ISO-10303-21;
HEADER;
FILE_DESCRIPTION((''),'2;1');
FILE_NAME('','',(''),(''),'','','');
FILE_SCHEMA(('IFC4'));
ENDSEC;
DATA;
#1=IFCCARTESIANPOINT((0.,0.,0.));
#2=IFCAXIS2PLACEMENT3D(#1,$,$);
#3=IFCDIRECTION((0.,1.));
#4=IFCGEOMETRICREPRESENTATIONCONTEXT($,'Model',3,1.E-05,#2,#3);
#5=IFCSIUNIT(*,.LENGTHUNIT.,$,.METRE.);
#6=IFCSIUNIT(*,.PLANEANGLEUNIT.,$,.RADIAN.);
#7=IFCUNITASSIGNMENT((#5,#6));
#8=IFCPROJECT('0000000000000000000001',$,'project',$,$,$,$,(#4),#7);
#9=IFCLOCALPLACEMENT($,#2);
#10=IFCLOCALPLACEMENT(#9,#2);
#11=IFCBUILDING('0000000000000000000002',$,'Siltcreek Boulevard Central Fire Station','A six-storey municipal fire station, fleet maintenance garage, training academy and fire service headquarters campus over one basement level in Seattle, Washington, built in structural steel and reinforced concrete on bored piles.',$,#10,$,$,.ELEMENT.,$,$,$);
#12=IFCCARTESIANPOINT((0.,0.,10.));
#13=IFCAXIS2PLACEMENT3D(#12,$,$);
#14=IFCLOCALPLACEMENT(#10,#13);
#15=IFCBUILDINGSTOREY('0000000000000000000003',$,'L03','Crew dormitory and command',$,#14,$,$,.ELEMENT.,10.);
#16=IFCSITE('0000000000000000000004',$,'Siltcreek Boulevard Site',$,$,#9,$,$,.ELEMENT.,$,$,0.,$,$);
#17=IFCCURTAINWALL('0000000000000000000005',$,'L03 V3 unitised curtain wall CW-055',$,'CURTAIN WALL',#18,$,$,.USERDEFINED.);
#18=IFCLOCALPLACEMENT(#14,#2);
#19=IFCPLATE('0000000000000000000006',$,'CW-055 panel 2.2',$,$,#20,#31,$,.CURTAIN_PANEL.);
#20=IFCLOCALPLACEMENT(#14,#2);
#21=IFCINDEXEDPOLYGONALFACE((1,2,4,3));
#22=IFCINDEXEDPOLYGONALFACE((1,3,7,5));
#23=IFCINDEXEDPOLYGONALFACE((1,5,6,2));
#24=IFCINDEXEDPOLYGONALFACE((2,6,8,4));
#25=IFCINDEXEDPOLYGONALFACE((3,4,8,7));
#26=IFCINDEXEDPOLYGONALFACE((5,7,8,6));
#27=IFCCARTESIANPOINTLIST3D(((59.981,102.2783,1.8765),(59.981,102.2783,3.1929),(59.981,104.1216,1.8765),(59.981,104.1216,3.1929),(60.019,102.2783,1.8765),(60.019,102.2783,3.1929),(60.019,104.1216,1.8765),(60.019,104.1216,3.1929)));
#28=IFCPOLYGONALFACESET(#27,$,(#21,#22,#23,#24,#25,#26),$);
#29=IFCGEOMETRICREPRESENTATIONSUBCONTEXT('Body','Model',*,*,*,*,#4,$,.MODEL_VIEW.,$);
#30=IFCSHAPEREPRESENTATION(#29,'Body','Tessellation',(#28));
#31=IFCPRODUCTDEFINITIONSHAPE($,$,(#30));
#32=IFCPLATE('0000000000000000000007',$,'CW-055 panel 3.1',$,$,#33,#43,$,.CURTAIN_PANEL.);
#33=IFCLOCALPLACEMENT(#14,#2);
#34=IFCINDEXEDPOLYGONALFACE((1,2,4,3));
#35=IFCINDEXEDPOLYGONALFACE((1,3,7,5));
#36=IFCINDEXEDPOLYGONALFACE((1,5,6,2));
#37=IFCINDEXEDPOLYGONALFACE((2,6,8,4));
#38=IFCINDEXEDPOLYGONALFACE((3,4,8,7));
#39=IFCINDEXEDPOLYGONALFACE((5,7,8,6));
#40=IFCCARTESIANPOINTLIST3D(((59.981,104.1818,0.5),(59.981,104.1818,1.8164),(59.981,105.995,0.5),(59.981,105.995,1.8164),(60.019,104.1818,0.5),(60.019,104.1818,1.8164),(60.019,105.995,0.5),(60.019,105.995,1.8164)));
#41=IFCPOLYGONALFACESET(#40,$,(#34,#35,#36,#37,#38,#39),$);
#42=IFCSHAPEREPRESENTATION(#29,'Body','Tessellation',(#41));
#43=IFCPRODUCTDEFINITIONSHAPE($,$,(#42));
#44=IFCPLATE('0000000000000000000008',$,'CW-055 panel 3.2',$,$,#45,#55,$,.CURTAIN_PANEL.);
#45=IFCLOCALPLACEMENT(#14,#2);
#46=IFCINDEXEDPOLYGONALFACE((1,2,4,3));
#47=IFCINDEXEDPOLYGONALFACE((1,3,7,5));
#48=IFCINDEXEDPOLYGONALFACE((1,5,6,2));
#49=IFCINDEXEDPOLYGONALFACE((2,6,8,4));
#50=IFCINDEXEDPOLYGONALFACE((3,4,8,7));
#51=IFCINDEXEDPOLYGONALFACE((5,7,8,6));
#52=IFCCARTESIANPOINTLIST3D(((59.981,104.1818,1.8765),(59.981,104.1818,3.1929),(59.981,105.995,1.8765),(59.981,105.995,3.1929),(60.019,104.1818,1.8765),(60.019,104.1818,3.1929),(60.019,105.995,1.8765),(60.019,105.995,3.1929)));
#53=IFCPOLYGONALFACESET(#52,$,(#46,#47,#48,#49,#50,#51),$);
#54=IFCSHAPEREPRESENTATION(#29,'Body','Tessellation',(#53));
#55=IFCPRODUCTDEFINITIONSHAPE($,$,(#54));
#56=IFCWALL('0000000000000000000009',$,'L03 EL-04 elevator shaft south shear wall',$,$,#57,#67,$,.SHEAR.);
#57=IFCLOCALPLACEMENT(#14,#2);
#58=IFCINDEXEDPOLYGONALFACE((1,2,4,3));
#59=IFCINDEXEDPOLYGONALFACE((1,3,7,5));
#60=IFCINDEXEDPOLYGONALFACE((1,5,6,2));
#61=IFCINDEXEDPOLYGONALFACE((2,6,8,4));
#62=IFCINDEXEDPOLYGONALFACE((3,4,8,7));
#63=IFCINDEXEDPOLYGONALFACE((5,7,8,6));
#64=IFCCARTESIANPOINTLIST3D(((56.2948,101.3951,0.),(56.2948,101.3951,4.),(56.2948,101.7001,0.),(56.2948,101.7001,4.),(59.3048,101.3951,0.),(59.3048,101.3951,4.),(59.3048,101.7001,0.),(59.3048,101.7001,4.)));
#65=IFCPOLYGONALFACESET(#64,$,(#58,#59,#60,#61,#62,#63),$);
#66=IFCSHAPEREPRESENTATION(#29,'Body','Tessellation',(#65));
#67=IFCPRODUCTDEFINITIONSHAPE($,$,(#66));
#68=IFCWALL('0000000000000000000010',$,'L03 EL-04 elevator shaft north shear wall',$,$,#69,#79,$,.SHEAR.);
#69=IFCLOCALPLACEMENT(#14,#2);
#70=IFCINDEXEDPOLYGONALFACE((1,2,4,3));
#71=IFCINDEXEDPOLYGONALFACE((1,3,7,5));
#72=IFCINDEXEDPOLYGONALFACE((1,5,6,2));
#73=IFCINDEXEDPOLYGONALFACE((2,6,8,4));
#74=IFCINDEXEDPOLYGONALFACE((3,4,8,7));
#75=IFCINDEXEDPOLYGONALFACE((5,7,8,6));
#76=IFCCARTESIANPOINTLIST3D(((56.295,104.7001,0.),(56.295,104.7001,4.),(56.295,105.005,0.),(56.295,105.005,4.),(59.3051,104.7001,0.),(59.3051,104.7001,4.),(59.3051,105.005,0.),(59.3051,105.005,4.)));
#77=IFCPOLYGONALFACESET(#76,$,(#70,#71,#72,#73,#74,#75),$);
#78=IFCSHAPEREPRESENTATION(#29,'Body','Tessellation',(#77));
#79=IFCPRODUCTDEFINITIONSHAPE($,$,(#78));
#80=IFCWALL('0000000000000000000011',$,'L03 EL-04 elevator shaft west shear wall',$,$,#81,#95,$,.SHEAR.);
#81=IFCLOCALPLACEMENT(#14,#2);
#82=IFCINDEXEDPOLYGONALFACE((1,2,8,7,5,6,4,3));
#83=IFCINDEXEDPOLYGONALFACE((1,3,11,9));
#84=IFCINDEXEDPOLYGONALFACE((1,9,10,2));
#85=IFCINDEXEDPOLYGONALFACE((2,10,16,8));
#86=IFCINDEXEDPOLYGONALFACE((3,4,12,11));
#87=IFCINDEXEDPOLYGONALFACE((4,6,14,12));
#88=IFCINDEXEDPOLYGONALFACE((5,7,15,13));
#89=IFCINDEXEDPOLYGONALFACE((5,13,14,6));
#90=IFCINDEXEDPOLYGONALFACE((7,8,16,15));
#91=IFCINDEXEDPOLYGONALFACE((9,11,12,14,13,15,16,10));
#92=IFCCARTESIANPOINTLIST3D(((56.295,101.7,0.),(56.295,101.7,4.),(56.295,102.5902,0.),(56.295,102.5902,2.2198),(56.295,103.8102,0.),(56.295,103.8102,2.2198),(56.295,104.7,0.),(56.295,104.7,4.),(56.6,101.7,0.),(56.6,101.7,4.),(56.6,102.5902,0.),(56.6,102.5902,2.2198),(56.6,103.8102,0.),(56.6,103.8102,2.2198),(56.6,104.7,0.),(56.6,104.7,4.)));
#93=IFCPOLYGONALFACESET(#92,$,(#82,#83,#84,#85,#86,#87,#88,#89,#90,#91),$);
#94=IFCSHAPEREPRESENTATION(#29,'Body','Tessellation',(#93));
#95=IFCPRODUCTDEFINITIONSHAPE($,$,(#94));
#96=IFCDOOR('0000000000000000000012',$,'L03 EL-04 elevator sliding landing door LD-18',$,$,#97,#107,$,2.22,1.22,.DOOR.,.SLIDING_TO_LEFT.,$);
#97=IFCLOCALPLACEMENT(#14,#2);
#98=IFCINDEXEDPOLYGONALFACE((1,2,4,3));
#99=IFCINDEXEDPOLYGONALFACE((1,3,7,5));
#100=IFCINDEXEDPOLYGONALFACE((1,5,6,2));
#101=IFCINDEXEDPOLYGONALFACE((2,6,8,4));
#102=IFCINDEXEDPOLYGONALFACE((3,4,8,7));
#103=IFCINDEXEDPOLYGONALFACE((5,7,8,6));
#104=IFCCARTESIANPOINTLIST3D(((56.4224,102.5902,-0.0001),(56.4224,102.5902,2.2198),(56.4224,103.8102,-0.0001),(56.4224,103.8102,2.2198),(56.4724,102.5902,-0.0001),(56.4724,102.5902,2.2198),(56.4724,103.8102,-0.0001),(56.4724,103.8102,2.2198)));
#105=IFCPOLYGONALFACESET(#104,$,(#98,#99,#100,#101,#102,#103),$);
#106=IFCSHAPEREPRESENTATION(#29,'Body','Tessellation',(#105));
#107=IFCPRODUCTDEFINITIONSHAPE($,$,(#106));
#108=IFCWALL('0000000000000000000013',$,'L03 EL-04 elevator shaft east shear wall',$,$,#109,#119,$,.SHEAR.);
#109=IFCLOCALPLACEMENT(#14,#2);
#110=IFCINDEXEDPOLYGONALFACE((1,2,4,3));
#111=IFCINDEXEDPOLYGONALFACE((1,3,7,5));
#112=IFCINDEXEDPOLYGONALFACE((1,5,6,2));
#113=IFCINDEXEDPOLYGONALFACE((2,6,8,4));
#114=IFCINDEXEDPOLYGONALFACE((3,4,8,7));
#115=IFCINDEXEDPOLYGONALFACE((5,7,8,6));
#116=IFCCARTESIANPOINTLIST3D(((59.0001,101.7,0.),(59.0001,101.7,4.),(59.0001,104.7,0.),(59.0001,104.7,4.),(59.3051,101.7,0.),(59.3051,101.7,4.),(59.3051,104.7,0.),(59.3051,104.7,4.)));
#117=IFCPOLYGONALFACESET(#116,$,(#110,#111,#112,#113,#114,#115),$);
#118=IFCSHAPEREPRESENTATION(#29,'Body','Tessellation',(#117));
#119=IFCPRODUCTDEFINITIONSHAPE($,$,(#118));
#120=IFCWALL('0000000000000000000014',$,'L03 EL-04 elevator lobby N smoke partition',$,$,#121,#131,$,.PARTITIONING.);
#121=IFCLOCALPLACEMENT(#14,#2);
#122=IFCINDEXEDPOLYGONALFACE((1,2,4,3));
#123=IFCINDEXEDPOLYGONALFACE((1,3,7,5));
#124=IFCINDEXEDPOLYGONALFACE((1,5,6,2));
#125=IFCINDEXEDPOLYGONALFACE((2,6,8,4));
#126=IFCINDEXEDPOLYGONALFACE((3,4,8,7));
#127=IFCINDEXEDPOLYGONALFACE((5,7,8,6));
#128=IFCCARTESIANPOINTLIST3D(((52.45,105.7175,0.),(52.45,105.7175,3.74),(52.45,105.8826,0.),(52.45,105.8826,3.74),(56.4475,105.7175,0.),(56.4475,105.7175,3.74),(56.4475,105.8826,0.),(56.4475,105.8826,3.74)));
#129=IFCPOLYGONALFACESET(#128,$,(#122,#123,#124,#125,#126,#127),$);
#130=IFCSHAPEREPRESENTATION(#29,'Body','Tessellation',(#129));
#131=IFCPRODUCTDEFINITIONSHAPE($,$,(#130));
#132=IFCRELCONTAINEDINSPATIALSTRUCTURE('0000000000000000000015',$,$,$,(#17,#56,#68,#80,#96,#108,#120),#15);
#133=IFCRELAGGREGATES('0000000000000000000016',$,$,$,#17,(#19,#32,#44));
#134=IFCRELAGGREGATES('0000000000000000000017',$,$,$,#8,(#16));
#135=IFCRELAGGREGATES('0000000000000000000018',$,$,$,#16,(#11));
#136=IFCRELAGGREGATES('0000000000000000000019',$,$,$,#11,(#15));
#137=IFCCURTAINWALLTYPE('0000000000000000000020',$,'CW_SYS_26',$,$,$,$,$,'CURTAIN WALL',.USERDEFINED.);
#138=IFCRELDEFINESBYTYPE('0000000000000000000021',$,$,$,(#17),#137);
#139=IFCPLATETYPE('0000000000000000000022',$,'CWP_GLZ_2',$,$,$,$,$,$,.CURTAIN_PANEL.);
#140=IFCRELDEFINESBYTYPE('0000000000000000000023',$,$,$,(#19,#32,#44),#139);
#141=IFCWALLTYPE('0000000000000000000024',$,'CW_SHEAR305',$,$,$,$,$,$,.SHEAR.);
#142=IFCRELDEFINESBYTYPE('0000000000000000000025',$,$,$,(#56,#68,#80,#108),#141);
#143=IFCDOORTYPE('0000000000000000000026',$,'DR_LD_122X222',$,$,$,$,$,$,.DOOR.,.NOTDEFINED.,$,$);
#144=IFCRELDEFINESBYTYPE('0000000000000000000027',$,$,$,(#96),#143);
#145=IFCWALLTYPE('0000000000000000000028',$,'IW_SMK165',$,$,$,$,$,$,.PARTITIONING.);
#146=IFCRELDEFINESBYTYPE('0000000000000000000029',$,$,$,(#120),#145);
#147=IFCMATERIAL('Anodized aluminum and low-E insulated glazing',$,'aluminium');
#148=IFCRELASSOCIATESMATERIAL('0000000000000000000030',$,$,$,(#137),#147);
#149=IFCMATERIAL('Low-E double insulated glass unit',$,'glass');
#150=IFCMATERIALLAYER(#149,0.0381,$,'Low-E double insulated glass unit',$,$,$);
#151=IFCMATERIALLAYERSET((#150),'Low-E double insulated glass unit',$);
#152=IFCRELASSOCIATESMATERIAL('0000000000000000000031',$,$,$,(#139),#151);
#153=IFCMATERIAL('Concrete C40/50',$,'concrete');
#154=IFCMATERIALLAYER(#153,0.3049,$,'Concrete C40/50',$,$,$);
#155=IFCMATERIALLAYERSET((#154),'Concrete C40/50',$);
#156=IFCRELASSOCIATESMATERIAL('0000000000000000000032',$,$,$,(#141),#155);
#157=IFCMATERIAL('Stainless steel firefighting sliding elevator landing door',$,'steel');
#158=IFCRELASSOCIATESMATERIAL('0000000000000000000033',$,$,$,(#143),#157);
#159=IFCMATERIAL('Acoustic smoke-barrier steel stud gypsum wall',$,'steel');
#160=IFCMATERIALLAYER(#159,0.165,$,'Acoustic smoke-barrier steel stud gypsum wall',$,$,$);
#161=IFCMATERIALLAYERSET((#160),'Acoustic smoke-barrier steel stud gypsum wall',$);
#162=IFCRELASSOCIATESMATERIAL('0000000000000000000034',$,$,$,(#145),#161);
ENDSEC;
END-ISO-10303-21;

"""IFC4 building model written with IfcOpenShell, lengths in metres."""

from ifc_helpers import new_model, si_unit, direction, frame, frame_2d, origin, origin_2d, place, context, subcontext, project, spatial, rectangle, extrude, material, layer, layer_set, type_object, element, fill, aggregate, save


model = new_model("IFC4")

# Units and contexts
model_context = context("Model", 3, precision=1e-05, world=origin(), true_north=direction((0.0, 1.0)))
body_context = subcontext(model_context, "Body", "Model", "MODEL_VIEW")
ifc_project = project(units=[si_unit("LENGTHUNIT", "METRE"), si_unit("PLANEANGLEUNIT", "RADIAN")], contexts=[model_context])

# Site, building, storey
site_placement = place(None, origin())
site = spatial("IfcSite", under=ifc_project, at=site_placement, Name="Siltcreek Boulevard Site", CompositionType="ELEMENT", RefElevation=0.0)
building_placement = place(site_placement, origin())
building = spatial("IfcBuilding", under=site, at=building_placement, Name="Siltcreek Boulevard Central Fire Station", Description="A six-storey municipal fire station, fleet maintenance garage, training academy and fire service headquarters campus over one basement level in Seattle, Washington, built in structural steel and reinforced concrete on bored piles.", CompositionType="ELEMENT")
storey_placement = place(building_placement, frame((0.0, 0.0, 10.0)))
storey = spatial("IfcBuildingStorey", under=building, at=storey_placement, Name="L03", Description="Crew dormitory and command", CompositionType="ELEMENT", Elevation=10.0)

# Curtain wall, plates
ifc_material_1 = material(Name="Anodized aluminum and low-E insulated glazing", Category="aluminium")
curtain_wall_type = type_object("IfcCurtainWallType", Name="CW_SYS_26", ElementType="CURTAIN WALL", PredefinedType="USERDEFINED", material=ifc_material_1)
curtain_wall_placement = place(storey_placement, origin())
curtain_wall = element("IfcCurtainWall", 1, at=curtain_wall_placement, inside=storey, type_object=curtain_wall_type, Name="L03 V3 unitised curtain wall CW-055", ObjectType="CURTAIN WALL", PredefinedType="USERDEFINED")
ifc_material_2 = material(Name="Low-E double insulated glass unit", Category="glass")
ifc_layer_1 = layer(ifc_material_2, 0.0381, Name="Low-E double insulated glass unit")
ifc_layer_set_1 = layer_set([ifc_layer_1], Name="Low-E double insulated glass unit")
plate_type = type_object("IfcPlateType", Name="CWP_GLZ_2", PredefinedType="CURTAIN_PANEL", material=ifc_layer_set_1)
plate_1_placement = place(storey_placement, frame((60.0, 103.2, 1.8765), z_axis=(0.0, 0.0, 1.0), x_axis=(0.0, 1.0, 0.0)))
plate_1 = element("IfcPlate", 2, at=plate_1_placement, type_object=plate_type, Name="CW-055 panel 2.2", PredefinedType="CURTAIN_PANEL", context=body_context, shape_type="SweptSolid", body=[
    extrude(rectangle(XDim=1.8433, YDim=0.0381, at=origin_2d()), origin(), (0.0, 0.0, 1.0), 1.3164),
])
plate_2_placement = place(storey_placement, frame((60.0, 105.0884, 0.5), z_axis=(0.0, 0.0, 1.0), x_axis=(0.0, 1.0, 0.0)))
plate_2 = element("IfcPlate", 3, at=plate_2_placement, type_object=plate_type, Name="CW-055 panel 3.1", PredefinedType="CURTAIN_PANEL", context=body_context, shape_type="SweptSolid", body=[
    extrude(rectangle(XDim=1.8132, YDim=0.0381, at=origin_2d()), origin(), (0.0, 0.0, 1.0), 1.3164),
])
plate_3_placement = place(storey_placement, frame((60.0, 105.0884, 1.8765), z_axis=(0.0, 0.0, 1.0), x_axis=(0.0, 1.0, 0.0)))
plate_3 = element("IfcPlate", 4, at=plate_3_placement, type_object=plate_type, Name="CW-055 panel 3.2", PredefinedType="CURTAIN_PANEL", context=body_context, shape_type="SweptSolid", body=[
    extrude(rectangle(XDim=1.8132, YDim=0.0381, at=origin_2d()), origin(), (0.0, 0.0, 1.0), 1.3164),
])
aggregate(curtain_wall, [plate_1, plate_2, plate_3])

# Walls
ifc_material_3 = material(Name="Concrete C40/50", Category="concrete")
ifc_layer_2 = layer(ifc_material_3, 0.3049, Name="Concrete C40/50")
ifc_layer_set_2 = layer_set([ifc_layer_2], Name="Concrete C40/50")
wall_type_1 = type_object("IfcWallType", Name="CW_SHEAR305", PredefinedType="SHEAR", material=ifc_layer_set_2)
for number, where, z_axis, x_axis, name in (
    (5, (56.2949, 101.5476, 0.0), (0.0, 0.0, 1.0), (1.0, 0.0, 0.0), "L03 EL-04 elevator shaft south shear wall"),
    (6, (59.3049, 104.8525, 0.0), (0.0, 0.0, 1.0), (-1.0, 0.0, 0.0), "L03 EL-04 elevator shaft north shear wall"),
):
    element("IfcWall", number, at=place(storey_placement, frame(where, z_axis=z_axis, x_axis=x_axis)), inside=storey, type_object=wall_type_1, Name=name, PredefinedType="SHEAR", context=body_context, shape_type="SweptSolid", body=[
        extrude(rectangle(XDim=3.01, YDim=0.3049, at=frame_2d((1.5049, 0.0))), origin(), (0.0, 0.0, 1.0), 4.0),
    ])

# Wall, opening, door
wall_1_placement = place(storey_placement, frame((56.4475, 104.7, 0.0), z_axis=(0.0, 0.0, 1.0), x_axis=(0.0, -1.0, 0.0)))
wall_1 = element("IfcWall", 7, at=wall_1_placement, inside=storey, type_object=wall_type_1, Name="L03 EL-04 elevator shaft west shear wall", PredefinedType="SHEAR", context=body_context, shape_type="SweptSolid", body=[
    extrude(rectangle(XDim=3.0, YDim=0.3049, at=frame_2d((1.5, 0.0))), origin(), (0.0, 0.0, 1.0), 4.0),
])
opening_placement = place(wall_1_placement, frame((0.8899, 0.0, 0.0)))
opening = element("IfcOpeningElement", 8, at=opening_placement, cuts=wall_1, PredefinedType="OPENING", context=body_context, shape_type="SweptSolid", body=[
    extrude(rectangle(XDim=1.22, YDim=2.22, at=frame_2d((0.6099, 1.1099))), frame((0.0, 0.1624, 0.0), z_axis=(0.0, -1.0, 0.0), x_axis=(1.0, 0.0, 0.0)), (0.0, 0.0, 1.0), 0.325),
])
ifc_material_4 = material(Name="Stainless steel firefighting sliding elevator landing door", Category="steel")
door_type = type_object("IfcDoorType", Name="DR_LD_122X222", OperationType="NOTDEFINED", PredefinedType="DOOR", material=ifc_material_4)
door_placement = place(opening_placement, origin())
door = element("IfcDoor", 9, at=door_placement, inside=storey, type_object=door_type, Name="L03 EL-04 elevator sliding landing door LD-18", OperationType="SLIDING_TO_LEFT", OverallHeight=2.22, OverallWidth=1.22, PredefinedType="DOOR", context=body_context, shape_type="SweptSolid", body=[
    extrude(rectangle(XDim=1.22, YDim=2.22, at=frame_2d((0.6099, 1.1099))), frame((0.0, 0.0249, 0.0), z_axis=(0.0, -1.0, 0.0), x_axis=(1.0, 0.0, 0.0)), (0.0, 0.0, 1.0), 0.05),
])
fill(opening, door)

# Walls
wall_2_placement = place(storey_placement, frame((59.1526, 101.7, 0.0), z_axis=(0.0, 0.0, 1.0), x_axis=(0.0, 1.0, 0.0)))
element("IfcWall", 10, at=wall_2_placement, inside=storey, type_object=wall_type_1, Name="L03 EL-04 elevator shaft east shear wall", PredefinedType="SHEAR", context=body_context, shape_type="SweptSolid", body=[
    extrude(rectangle(XDim=3.0, YDim=0.3049, at=frame_2d((1.5, 0.0))), origin(), (0.0, 0.0, 1.0), 4.0),
])
ifc_material_5 = material(Name="Acoustic smoke-barrier steel stud gypsum wall", Category="steel")
ifc_layer_3 = layer(ifc_material_5, 0.165, Name="Acoustic smoke-barrier steel stud gypsum wall")
ifc_layer_set_3 = layer_set([ifc_layer_3], Name="Acoustic smoke-barrier steel stud gypsum wall")
wall_type_2 = type_object("IfcWallType", Name="IW_SMK165", PredefinedType="PARTITIONING", material=ifc_layer_set_3)
wall_3_placement = place(storey_placement, frame((56.4475, 105.8, 0.0), z_axis=(0.0, 0.0, 1.0), x_axis=(-1.0, 0.0, 0.0)))
element("IfcWall", 11, at=wall_3_placement, inside=storey, type_object=wall_type_2, Name="L03 EL-04 elevator lobby N smoke partition", PredefinedType="PARTITIONING", context=body_context, shape_type="SweptSolid", body=[
    extrude(rectangle(XDim=3.9976, YDim=0.165, at=frame_2d((1.9988, 0.0))), origin(), (0.0, 0.0, 1.0), 3.74),
])

save(model, "model.ifc")
